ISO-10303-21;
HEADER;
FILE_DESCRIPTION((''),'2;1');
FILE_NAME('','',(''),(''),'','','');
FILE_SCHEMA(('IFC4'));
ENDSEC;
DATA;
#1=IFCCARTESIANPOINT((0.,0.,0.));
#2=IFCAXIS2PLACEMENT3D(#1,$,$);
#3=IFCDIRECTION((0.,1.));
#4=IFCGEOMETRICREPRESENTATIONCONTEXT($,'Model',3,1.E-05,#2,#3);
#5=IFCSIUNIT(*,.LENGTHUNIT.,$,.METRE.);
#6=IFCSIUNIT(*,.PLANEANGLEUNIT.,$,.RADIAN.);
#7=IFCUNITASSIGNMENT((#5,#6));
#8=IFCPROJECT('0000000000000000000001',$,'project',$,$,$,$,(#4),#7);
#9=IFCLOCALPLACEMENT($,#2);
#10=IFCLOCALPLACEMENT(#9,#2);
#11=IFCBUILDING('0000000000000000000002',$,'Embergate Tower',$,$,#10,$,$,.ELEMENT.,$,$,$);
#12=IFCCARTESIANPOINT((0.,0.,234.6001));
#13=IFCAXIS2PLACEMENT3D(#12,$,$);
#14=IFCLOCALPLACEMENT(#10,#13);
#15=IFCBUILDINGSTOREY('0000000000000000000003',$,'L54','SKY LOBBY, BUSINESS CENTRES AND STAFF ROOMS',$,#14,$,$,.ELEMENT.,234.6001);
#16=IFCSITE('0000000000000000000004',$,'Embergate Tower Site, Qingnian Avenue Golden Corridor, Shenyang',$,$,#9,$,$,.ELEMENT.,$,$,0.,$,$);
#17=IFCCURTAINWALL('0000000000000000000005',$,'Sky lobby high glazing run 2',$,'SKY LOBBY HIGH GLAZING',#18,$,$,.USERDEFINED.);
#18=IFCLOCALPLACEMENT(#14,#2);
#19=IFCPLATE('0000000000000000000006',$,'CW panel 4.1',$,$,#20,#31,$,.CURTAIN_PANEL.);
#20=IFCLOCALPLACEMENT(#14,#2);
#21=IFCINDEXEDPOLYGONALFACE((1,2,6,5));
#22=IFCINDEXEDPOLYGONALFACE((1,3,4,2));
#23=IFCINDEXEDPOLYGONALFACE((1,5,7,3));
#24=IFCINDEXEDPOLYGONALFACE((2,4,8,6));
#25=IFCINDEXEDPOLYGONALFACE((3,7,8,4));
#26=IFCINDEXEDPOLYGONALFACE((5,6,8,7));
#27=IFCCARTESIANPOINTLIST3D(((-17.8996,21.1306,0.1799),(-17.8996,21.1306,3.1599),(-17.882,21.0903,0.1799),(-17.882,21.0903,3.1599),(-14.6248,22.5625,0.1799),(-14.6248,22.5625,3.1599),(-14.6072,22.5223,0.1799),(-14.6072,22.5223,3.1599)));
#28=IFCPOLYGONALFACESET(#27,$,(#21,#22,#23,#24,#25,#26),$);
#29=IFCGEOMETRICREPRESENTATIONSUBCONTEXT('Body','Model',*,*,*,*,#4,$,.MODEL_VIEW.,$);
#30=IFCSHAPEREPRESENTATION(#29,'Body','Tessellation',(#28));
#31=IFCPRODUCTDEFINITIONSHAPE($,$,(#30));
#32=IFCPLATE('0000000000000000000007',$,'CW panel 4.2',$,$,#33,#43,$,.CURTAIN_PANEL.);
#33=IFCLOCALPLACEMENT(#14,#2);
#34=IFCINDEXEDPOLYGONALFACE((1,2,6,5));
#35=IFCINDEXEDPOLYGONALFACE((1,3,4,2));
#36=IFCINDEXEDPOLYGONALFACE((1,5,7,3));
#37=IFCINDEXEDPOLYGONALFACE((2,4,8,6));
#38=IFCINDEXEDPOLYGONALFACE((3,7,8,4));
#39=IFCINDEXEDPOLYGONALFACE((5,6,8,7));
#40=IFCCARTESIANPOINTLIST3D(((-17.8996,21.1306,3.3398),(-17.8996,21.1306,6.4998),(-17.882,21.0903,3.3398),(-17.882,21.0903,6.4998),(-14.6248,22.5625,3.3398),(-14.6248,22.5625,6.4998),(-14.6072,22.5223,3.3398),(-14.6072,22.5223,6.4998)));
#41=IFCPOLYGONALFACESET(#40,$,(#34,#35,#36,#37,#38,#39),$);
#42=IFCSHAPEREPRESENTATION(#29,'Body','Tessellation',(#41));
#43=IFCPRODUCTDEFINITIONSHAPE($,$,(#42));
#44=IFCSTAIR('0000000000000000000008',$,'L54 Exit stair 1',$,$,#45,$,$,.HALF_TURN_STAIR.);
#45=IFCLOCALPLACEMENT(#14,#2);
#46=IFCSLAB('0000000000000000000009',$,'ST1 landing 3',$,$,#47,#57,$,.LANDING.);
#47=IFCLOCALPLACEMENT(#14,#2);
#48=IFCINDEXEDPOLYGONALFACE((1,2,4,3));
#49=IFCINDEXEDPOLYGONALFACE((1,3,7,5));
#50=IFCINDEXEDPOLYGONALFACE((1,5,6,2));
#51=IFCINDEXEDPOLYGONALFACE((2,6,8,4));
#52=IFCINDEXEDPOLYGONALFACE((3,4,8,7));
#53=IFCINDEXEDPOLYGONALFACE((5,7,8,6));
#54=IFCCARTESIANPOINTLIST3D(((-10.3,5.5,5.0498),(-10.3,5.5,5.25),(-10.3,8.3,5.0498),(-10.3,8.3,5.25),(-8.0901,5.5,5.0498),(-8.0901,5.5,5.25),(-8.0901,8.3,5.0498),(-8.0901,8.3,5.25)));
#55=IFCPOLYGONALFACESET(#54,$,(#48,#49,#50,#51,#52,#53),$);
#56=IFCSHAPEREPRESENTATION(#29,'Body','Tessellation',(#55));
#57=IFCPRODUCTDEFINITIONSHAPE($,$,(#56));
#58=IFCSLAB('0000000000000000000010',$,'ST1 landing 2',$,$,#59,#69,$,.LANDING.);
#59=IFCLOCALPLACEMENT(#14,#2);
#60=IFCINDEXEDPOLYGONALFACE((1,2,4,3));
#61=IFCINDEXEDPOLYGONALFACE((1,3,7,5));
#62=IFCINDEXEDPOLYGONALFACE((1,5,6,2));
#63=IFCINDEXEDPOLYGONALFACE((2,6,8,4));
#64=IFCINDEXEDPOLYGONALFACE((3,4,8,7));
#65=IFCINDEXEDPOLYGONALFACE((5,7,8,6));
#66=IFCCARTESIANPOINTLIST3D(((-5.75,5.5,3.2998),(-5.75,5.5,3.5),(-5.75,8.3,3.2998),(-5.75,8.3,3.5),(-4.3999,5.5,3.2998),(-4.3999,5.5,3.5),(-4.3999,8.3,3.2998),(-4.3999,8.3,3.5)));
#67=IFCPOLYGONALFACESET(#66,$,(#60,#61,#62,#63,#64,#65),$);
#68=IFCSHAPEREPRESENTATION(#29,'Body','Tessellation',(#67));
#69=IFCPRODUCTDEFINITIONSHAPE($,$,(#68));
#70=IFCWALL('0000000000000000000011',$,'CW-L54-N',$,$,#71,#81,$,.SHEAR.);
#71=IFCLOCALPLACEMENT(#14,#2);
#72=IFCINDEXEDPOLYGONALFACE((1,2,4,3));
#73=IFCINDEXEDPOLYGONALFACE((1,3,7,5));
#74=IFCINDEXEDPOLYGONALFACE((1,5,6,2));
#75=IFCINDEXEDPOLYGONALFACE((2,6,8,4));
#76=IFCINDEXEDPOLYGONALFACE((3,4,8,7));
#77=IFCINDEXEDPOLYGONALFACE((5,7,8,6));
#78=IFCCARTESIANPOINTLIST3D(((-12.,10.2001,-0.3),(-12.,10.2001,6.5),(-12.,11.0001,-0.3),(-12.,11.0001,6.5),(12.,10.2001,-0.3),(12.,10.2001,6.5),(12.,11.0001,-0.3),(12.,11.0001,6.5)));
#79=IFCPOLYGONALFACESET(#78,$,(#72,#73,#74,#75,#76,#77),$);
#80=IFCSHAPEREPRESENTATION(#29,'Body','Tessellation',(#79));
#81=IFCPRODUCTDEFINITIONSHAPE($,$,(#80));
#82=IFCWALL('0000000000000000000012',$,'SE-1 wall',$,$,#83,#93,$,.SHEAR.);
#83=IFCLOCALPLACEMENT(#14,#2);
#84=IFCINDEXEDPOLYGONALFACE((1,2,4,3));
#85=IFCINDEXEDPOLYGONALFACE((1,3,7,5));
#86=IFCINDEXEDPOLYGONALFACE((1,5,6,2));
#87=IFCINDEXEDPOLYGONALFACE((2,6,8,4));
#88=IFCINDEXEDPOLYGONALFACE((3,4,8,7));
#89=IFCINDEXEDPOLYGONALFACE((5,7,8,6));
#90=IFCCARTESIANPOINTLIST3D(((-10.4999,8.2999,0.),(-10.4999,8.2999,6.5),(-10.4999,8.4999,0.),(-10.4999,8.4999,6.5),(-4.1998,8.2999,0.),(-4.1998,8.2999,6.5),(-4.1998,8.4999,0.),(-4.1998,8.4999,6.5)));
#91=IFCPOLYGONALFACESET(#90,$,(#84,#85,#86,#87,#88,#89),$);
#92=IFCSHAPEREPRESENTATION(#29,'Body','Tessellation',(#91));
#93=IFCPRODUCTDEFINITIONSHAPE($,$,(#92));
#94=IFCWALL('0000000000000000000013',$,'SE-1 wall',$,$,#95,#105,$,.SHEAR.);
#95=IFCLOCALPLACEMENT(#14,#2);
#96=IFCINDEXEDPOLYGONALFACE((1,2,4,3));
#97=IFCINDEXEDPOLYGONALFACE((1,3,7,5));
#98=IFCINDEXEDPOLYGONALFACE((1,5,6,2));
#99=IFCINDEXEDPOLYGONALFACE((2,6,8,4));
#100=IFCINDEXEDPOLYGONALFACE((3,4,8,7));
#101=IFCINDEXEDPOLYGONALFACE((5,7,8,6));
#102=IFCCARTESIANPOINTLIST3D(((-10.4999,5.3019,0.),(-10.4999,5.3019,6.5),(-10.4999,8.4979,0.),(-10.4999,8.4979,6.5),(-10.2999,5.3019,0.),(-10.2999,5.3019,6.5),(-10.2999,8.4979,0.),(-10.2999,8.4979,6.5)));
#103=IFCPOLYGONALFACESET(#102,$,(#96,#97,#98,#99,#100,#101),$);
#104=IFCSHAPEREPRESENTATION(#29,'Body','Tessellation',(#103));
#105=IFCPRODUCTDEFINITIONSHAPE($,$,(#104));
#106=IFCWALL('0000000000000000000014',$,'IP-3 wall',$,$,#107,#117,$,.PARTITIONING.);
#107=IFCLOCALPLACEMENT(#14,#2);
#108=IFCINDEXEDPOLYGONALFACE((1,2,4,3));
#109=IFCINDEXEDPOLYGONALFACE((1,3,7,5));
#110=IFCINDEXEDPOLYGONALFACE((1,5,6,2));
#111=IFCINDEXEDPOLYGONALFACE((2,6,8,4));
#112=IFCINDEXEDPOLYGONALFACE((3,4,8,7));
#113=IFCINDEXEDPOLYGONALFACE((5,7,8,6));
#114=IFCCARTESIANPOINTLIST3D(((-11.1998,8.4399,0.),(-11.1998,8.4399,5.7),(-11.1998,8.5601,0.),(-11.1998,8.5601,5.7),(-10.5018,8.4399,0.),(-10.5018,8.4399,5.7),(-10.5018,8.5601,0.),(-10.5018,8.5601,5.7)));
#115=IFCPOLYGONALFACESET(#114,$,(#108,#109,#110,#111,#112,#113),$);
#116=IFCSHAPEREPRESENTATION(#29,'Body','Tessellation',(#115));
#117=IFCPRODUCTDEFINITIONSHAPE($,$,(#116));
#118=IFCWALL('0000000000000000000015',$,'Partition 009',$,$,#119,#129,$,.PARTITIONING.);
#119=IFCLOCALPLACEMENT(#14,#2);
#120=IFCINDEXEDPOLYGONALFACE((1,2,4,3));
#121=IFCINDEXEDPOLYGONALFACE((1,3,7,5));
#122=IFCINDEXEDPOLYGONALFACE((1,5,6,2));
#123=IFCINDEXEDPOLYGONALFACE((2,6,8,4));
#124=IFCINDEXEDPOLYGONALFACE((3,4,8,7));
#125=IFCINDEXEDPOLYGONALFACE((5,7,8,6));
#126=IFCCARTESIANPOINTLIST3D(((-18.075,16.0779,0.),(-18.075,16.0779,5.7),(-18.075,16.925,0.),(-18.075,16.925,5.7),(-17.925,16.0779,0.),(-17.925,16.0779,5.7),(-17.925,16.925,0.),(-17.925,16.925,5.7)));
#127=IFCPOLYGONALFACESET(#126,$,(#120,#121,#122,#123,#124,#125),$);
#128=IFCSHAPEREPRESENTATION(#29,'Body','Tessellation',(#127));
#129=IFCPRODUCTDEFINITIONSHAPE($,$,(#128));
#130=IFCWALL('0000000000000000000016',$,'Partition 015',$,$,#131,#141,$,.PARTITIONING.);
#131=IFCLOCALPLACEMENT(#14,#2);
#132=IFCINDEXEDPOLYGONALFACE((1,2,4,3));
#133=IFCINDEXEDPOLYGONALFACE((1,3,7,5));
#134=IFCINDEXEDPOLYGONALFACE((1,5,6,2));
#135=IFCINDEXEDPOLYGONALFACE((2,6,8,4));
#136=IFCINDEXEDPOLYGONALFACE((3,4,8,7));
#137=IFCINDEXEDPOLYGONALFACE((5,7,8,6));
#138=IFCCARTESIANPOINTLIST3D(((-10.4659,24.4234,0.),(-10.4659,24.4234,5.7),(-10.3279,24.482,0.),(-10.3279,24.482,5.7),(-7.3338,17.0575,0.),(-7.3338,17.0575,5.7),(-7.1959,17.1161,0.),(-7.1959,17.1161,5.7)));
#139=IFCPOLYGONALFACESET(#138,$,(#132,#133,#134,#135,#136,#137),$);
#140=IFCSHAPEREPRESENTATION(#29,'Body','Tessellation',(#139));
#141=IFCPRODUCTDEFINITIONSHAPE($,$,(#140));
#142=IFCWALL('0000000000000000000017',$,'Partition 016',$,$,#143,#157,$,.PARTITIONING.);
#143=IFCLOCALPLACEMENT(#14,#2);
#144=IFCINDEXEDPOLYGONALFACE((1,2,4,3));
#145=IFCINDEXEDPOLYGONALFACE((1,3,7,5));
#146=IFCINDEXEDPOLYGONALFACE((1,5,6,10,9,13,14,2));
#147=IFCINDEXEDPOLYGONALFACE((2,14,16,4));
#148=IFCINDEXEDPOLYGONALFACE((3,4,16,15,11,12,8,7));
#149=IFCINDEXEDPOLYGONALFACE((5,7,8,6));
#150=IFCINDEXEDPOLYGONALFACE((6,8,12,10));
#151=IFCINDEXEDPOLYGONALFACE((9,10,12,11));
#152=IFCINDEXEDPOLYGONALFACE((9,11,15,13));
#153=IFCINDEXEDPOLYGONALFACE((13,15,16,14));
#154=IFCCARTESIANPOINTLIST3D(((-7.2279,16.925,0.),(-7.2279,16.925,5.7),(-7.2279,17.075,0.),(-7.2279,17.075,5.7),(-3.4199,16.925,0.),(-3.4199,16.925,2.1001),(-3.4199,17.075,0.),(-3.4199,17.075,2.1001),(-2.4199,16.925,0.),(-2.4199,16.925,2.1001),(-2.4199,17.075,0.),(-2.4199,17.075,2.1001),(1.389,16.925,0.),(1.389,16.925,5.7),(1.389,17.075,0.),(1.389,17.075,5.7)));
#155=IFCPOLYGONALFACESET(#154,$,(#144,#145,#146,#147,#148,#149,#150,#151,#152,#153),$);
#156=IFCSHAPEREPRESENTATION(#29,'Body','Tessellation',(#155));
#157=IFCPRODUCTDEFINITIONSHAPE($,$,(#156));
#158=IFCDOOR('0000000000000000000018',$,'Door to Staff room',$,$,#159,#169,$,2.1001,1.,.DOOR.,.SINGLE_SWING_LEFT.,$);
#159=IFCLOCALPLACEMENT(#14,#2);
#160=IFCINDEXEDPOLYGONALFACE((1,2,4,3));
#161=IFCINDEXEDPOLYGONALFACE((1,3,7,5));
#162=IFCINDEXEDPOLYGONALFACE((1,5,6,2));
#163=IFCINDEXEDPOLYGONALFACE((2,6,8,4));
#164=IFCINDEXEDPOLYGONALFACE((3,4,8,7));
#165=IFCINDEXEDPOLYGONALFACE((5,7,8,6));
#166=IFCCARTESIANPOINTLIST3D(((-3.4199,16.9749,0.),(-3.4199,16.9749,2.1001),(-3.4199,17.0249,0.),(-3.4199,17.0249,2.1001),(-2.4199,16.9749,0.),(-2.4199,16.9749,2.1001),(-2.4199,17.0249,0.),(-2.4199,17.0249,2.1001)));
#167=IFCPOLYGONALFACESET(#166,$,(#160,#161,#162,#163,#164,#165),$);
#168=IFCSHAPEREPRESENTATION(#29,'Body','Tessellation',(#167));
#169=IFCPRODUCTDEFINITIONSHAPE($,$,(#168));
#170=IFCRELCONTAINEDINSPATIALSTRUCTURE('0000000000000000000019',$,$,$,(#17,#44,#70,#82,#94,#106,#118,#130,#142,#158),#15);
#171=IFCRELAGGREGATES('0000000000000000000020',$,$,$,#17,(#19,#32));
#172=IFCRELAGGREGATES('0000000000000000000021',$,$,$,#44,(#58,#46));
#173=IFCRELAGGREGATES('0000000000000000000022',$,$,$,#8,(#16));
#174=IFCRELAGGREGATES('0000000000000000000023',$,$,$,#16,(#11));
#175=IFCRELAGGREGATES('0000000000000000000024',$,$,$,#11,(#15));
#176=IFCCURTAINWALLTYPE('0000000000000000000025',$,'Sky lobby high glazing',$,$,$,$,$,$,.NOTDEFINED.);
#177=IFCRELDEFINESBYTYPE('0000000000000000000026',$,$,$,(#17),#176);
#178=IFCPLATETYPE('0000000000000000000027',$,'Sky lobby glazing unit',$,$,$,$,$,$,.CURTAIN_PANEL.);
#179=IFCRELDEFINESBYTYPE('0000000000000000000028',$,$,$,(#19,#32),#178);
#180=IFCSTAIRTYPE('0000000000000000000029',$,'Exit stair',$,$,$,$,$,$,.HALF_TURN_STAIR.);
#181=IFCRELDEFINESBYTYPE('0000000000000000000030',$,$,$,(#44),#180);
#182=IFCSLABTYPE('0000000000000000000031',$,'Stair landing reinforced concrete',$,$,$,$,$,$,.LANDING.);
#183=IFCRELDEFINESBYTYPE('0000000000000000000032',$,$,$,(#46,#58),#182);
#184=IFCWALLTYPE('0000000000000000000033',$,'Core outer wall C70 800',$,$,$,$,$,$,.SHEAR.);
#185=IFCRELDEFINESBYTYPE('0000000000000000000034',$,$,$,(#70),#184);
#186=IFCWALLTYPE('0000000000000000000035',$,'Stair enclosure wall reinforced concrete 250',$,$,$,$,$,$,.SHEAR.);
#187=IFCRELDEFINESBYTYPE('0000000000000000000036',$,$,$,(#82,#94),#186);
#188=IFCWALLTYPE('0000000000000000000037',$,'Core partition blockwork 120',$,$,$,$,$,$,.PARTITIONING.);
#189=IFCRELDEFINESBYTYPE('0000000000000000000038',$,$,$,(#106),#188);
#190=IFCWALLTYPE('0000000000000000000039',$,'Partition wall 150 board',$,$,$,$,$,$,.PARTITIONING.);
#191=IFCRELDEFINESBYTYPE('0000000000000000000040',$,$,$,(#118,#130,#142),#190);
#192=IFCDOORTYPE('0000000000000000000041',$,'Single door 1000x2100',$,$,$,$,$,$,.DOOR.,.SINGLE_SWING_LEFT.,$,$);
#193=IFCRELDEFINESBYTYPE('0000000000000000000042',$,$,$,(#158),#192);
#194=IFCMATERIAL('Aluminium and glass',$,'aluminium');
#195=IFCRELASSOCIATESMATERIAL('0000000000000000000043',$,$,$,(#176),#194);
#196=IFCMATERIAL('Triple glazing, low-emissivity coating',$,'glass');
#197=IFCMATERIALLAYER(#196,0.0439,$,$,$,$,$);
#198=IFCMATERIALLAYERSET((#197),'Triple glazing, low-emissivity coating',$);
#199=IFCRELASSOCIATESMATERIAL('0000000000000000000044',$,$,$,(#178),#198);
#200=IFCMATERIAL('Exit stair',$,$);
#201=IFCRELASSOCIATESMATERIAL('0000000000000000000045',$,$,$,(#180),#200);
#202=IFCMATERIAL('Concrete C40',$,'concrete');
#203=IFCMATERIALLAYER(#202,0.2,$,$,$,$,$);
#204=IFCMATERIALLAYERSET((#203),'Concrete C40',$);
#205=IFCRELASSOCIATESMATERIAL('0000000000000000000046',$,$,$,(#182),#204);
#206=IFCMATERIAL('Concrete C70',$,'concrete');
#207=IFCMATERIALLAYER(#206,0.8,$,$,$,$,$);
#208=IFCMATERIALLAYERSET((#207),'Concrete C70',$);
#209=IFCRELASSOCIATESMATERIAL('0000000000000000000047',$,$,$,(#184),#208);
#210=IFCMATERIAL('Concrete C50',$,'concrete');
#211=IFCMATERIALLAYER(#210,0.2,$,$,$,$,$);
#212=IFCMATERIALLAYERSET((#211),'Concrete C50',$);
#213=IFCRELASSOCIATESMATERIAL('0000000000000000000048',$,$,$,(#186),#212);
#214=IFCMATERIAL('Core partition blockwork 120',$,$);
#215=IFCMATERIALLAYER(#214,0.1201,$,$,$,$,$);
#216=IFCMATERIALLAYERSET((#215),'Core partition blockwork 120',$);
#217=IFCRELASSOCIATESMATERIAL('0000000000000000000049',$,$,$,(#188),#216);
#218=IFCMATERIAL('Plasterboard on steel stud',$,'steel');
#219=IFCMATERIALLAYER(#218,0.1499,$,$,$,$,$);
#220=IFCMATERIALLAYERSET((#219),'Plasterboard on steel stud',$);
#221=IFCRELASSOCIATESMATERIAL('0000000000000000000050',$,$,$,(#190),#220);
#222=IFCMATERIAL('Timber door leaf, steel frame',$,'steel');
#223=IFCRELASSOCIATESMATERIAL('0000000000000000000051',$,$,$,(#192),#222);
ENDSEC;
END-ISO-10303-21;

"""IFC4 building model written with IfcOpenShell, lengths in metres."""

from ifc_helpers import new_model, si_unit, direction, frame, frame_2d, origin, origin_2d, place, context, subcontext, project, spatial, polyline, rectangle, outline, extrude, source, transform, mapped, material, layer, layer_set, type_object, element, fill, aggregate, save


model = new_model("IFC4")

# Units and contexts
model_context = context("Model", 3, precision=1e-05, world=origin(), true_north=direction((0.0, 1.0)))
body_context = subcontext(model_context, "Body", "Model", "MODEL_VIEW")
ifc_project = project(units=[si_unit("LENGTHUNIT", "METRE"), si_unit("PLANEANGLEUNIT", "RADIAN")], contexts=[model_context])

# Site, building, storey
site_placement = place(None, origin())
site = spatial("IfcSite", under=ifc_project, at=site_placement, Name="Embergate Tower Site, Qingnian Avenue Golden Corridor, Shenyang", CompositionType="ELEMENT", RefElevation=0.0)
building_placement = place(site_placement, origin())
building = spatial("IfcBuilding", under=site, at=building_placement, Name="Embergate Tower", CompositionType="ELEMENT")
storey_placement = place(building_placement, frame((0.0, 0.0, 234.6001)))
storey = spatial("IfcBuildingStorey", under=building, at=storey_placement, Name="L54", Description="SKY LOBBY, BUSINESS CENTRES AND STAFF ROOMS", CompositionType="ELEMENT", Elevation=234.6001)

# Curtain wall, plates
ifc_material_1 = material(Name="Aluminium and glass", Category="aluminium")
curtain_wall_type = type_object("IfcCurtainWallType", Name="Sky lobby high glazing", PredefinedType="NOTDEFINED", material=ifc_material_1)
curtain_wall_placement = place(storey_placement, origin())
curtain_wall = element("IfcCurtainWall", 1, at=curtain_wall_placement, inside=storey, type_object=curtain_wall_type, Name="Sky lobby high glazing run 2", ObjectType="SKY LOBBY HIGH GLAZING", PredefinedType="USERDEFINED")
ifc_material_2 = material(Name="Triple glazing, low-emissivity coating", Category="glass")
ifc_layer_1 = layer(ifc_material_2, 0.0439)
ifc_layer_set_1 = layer_set([ifc_layer_1], Name="Triple glazing, low-emissivity coating")
plate_type = type_object("IfcPlateType", Name="Sky lobby glazing unit", PredefinedType="CURTAIN_PANEL", material=ifc_layer_set_1)
shared_shape_1 = source(origin(), body_context, "Body", "SweptSolid", [
    extrude(rectangle(XDim=3.5742, YDim=0.0439, at=origin_2d()), origin(), (0.0, 0.0, 1.0), 2.98),
])
plate_1_placement = place(storey_placement, frame((-16.2534, 21.8264, 0.1799), z_axis=(0.0, 0.0, 1.0), x_axis=(-0.916236, -0.400638, 0.0)))
plate_1 = element("IfcPlate", 2, at=plate_1_placement, type_object=plate_type, Name="CW panel 4.1", PredefinedType="CURTAIN_PANEL", context=body_context, shape_type="MappedRepresentation", body=[
    mapped(shared_shape_1, transform((0.0, 0.0, 0.0))),
])
shared_shape_2 = source(origin(), body_context, "Body", "SweptSolid", [
    extrude(rectangle(XDim=3.5742, YDim=0.0439, at=origin_2d()), origin(), (0.0, 0.0, 1.0), 3.1599),
])
plate_2_placement = place(storey_placement, frame((-16.2534, 21.8264, 3.3398), z_axis=(0.0, 0.0, 1.0), x_axis=(-0.916236, -0.400638, 0.0)))
plate_2 = element("IfcPlate", 3, at=plate_2_placement, type_object=plate_type, Name="CW panel 4.2", PredefinedType="CURTAIN_PANEL", context=body_context, shape_type="MappedRepresentation", body=[
    mapped(shared_shape_2, transform((0.0, 0.0, 0.0))),
])
aggregate(curtain_wall, [plate_1, plate_2])

# Stair, slabs
ifc_material_3 = material(Name="Exit stair")
stair_type = type_object("IfcStairType", Name="Exit stair", PredefinedType="HALF_TURN_STAIR", material=ifc_material_3)
stair_placement = place(storey_placement, origin())
stair = element("IfcStair", 4, at=stair_placement, inside=storey, type_object=stair_type, Name="L54 Exit stair 1", PredefinedType="HALF_TURN_STAIR")
ifc_material_4 = material(Name="Concrete C40", Category="concrete")
ifc_layer_2 = layer(ifc_material_4, 0.2)
ifc_layer_set_2 = layer_set([ifc_layer_2], Name="Concrete C40")
slab_type = type_object("IfcSlabType", Name="Stair landing reinforced concrete", PredefinedType="LANDING", material=ifc_layer_set_2)
shared_shape_3 = source(origin(), body_context, "Body", "SweptSolid", [
    extrude(outline(polyline([(0.0, 0.0), (2.21, 0.0), (2.21, 2.8), (0.0, 2.8), (0.0, 0.0)])), origin(), (0.0, 0.0, 1.0), 0.2002),
])
slab_1_placement = place(storey_placement, frame((-10.3, 5.5, 5.0498)))
slab_1 = element("IfcSlab", 5, at=slab_1_placement, type_object=slab_type, Name="ST1 landing 3", PredefinedType="LANDING", context=body_context, shape_type="MappedRepresentation", body=[
    mapped(shared_shape_3, transform((0.0, 0.0, 0.0))),
])
shared_shape_4 = source(origin(), body_context, "Body", "SweptSolid", [
    extrude(outline(polyline([(0.0, 0.0), (1.3501, 0.0), (1.3501, 2.8), (0.0, 2.8), (0.0, 0.0)])), origin(), (0.0, 0.0, 1.0), 0.2002),
])
slab_2_placement = place(storey_placement, frame((-5.75, 5.5, 3.2998)))
slab_2 = element("IfcSlab", 6, at=slab_2_placement, type_object=slab_type, Name="ST1 landing 2", PredefinedType="LANDING", context=body_context, shape_type="MappedRepresentation", body=[
    mapped(shared_shape_4, transform((0.0, 0.0, 0.0))),
])

# Walls
ifc_material_5 = material(Name="Concrete C70", Category="concrete")
ifc_layer_3 = layer(ifc_material_5, 0.8)
ifc_layer_set_3 = layer_set([ifc_layer_3], Name="Concrete C70")
wall_type_1 = type_object("IfcWallType", Name="Core outer wall C70 800", PredefinedType="SHEAR", material=ifc_layer_set_3)
shared_shape_5 = source(origin(), body_context, "Body", "SweptSolid", [
    extrude(rectangle(XDim=24.0, YDim=0.8, at=frame_2d((12.0, 0.0))), origin(), (0.0, 0.0, 1.0), 6.8),
])
wall_1_placement = place(storey_placement, frame((-12.0, 10.6001, -0.3), z_axis=(0.0, 0.0, 1.0), x_axis=(1.0, 0.0, 0.0)))
element("IfcWall", 7, at=wall_1_placement, inside=storey, type_object=wall_type_1, Name="CW-L54-N", PredefinedType="SHEAR", context=body_context, shape_type="MappedRepresentation", body=[
    mapped(shared_shape_5, transform((0.0, 0.0, 0.0))),
])
ifc_material_6 = material(Name="Concrete C50", Category="concrete")
ifc_layer_4 = layer(ifc_material_6, 0.2)
ifc_layer_set_4 = layer_set([ifc_layer_4], Name="Concrete C50")
wall_type_2 = type_object("IfcWallType", Name="Stair enclosure wall reinforced concrete 250", PredefinedType="SHEAR", material=ifc_layer_set_4)
shared_shape_6 = source(origin(), body_context, "Body", "SweptSolid", [
    extrude(rectangle(XDim=6.3, YDim=0.2, at=frame_2d((3.1499, 0.0))), origin(), (0.0, 0.0, 1.0), 6.5),
])
wall_2_placement = place(storey_placement, frame((-4.2, 8.3999, 0.0), z_axis=(0.0, 0.0, 1.0), x_axis=(-1.0, 0.0, 0.0)))
element("IfcWall", 8, at=wall_2_placement, inside=storey, type_object=wall_type_2, Name="SE-1 wall", PredefinedType="SHEAR", context=body_context, shape_type="MappedRepresentation", body=[
    mapped(shared_shape_6, transform((0.0, 0.0, 0.0))),
])
shared_shape_7 = source(origin(), body_context, "Body", "SweptSolid", [
    extrude(rectangle(XDim=3.196, YDim=0.2, at=frame_2d((1.5981, 0.0))), origin(), (0.0, 0.0, 1.0), 6.5),
])
wall_3_placement = place(storey_placement, frame((-10.3999, 8.498, 0.0), z_axis=(0.0, 0.0, 1.0), x_axis=(0.0, -1.0, 0.0)))
element("IfcWall", 9, at=wall_3_placement, inside=storey, type_object=wall_type_2, Name="SE-1 wall", PredefinedType="SHEAR", context=body_context, shape_type="MappedRepresentation", body=[
    mapped(shared_shape_7, transform((0.0, 0.0, 0.0))),
])
ifc_material_7 = material(Name="Core partition blockwork 120")
ifc_layer_5 = layer(ifc_material_7, 0.1201)
ifc_layer_set_5 = layer_set([ifc_layer_5], Name="Core partition blockwork 120")
wall_type_3 = type_object("IfcWallType", Name="Core partition blockwork 120", PredefinedType="PARTITIONING", material=ifc_layer_set_5)
shared_shape_8 = source(origin(), body_context, "Body", "SweptSolid", [
    extrude(rectangle(XDim=0.698, YDim=0.1201, at=frame_2d((0.3491, 0.0))), origin(), (0.0, 0.0, 1.0), 5.7),
])
wall_4_placement = place(storey_placement, frame((-11.2, 8.5, 0.0), z_axis=(0.0, 0.0, 1.0), x_axis=(1.0, 0.0, 0.0)))
element("IfcWall", 10, at=wall_4_placement, inside=storey, type_object=wall_type_3, Name="IP-3 wall", PredefinedType="PARTITIONING", context=body_context, shape_type="MappedRepresentation", body=[
    mapped(shared_shape_8, transform((0.0, 0.0, 0.0))),
])
ifc_material_8 = material(Name="Plasterboard on steel stud", Category="steel")
ifc_layer_6 = layer(ifc_material_8, 0.1499)
ifc_layer_set_6 = layer_set([ifc_layer_6], Name="Plasterboard on steel stud")
wall_type_4 = type_object("IfcWallType", Name="Partition wall 150 board", PredefinedType="PARTITIONING", material=ifc_layer_set_6)
shared_shape_9 = source(origin(), body_context, "Body", "SweptSolid", [
    extrude(rectangle(XDim=0.8472, YDim=0.1499, at=frame_2d((0.4236, 0.0))), origin(), (0.0, 0.0, 1.0), 5.7),
])
wall_5_placement = place(storey_placement, frame((-18.0, 16.0779, 0.0), z_axis=(0.0, 0.0, 1.0), x_axis=(0.0, 1.0, 0.0)))
element("IfcWall", 11, at=wall_5_placement, inside=storey, type_object=wall_type_4, Name="Partition 009", PredefinedType="PARTITIONING", context=body_context, shape_type="MappedRepresentation", body=[
    mapped(shared_shape_9, transform((0.0, 0.0, 0.0))),
])
shared_shape_10 = source(origin(), body_context, "Body", "SweptSolid", [
    extrude(rectangle(XDim=8.0042, YDim=0.1499, at=frame_2d((4.002, 0.0))), origin(), (0.0, 0.0, 1.0), 5.7),
])
wall_6_placement = place(storey_placement, frame((-7.2649, 17.0869, 0.0), z_axis=(0.0, 0.0, 1.0), x_axis=(-0.391304, 0.920261, 0.0)))
element("IfcWall", 12, at=wall_6_placement, inside=storey, type_object=wall_type_4, Name="Partition 015", PredefinedType="PARTITIONING", context=body_context, shape_type="MappedRepresentation", body=[
    mapped(shared_shape_10, transform((0.0, 0.0, 0.0))),
])

# Wall, opening, door
shared_shape_11 = source(origin(), body_context, "Body", "SweptSolid", [
    extrude(rectangle(XDim=8.6169, YDim=0.1499, at=frame_2d((4.3086, 0.0))), origin(), (0.0, 0.0, 1.0), 5.7),
])
wall_7_placement = place(storey_placement, frame((-7.228, 17.0, 0.0), z_axis=(0.0, 0.0, 1.0), x_axis=(1.0, 0.0, 0.0)))
wall_7 = element("IfcWall", 13, at=wall_7_placement, inside=storey, type_object=wall_type_4, Name="Partition 016", PredefinedType="PARTITIONING", context=body_context, shape_type="MappedRepresentation", body=[
    mapped(shared_shape_11, transform((0.0, 0.0, 0.0))),
])
shared_shape_12 = source(origin(), body_context, "Body", "SweptSolid", [
    extrude(rectangle(XDim=1.0, YDim=2.1001, at=frame_2d((0.5, 1.05))), frame((0.0, 0.085, 0.0), z_axis=(0.0, -1.0, 0.0), x_axis=(1.0, 0.0, 0.0)), (0.0, 0.0, 1.0), 0.1699),
])
opening_placement = place(wall_7_placement, frame((3.8081, 0.0, 0.0)))
opening = element("IfcOpeningElement", 14, at=opening_placement, cuts=wall_7, PredefinedType="OPENING", context=body_context, shape_type="MappedRepresentation", body=[
    mapped(shared_shape_12, transform((0.0, 0.0, 0.0))),
])
ifc_material_9 = material(Name="Timber door leaf, steel frame", Category="steel")
door_type = type_object("IfcDoorType", Name="Single door 1000x2100", OperationType="SINGLE_SWING_LEFT", PredefinedType="DOOR", material=ifc_material_9)
shared_shape_13 = source(origin(), body_context, "Body", "SweptSolid", [
    extrude(rectangle(XDim=1.0, YDim=2.1001, at=frame_2d((0.5, 1.05))), frame((0.0, 0.0249, 0.0), z_axis=(0.0, -1.0, 0.0), x_axis=(1.0, 0.0, 0.0)), (0.0, 0.0, 1.0), 0.05),
])
door_placement = place(opening_placement, origin())
door = element("IfcDoor", 15, at=door_placement, inside=storey, type_object=door_type, Name="Door to Staff room", OperationType="SINGLE_SWING_LEFT", OverallHeight=2.1001, OverallWidth=1.0, PredefinedType="DOOR", context=body_context, shape_type="MappedRepresentation", body=[
    mapped(shared_shape_13, transform((0.0, 0.0, 0.0))),
])
fill(opening, door)

aggregate(stair, [slab_2, slab_1])

save(model, "model.ifc")
